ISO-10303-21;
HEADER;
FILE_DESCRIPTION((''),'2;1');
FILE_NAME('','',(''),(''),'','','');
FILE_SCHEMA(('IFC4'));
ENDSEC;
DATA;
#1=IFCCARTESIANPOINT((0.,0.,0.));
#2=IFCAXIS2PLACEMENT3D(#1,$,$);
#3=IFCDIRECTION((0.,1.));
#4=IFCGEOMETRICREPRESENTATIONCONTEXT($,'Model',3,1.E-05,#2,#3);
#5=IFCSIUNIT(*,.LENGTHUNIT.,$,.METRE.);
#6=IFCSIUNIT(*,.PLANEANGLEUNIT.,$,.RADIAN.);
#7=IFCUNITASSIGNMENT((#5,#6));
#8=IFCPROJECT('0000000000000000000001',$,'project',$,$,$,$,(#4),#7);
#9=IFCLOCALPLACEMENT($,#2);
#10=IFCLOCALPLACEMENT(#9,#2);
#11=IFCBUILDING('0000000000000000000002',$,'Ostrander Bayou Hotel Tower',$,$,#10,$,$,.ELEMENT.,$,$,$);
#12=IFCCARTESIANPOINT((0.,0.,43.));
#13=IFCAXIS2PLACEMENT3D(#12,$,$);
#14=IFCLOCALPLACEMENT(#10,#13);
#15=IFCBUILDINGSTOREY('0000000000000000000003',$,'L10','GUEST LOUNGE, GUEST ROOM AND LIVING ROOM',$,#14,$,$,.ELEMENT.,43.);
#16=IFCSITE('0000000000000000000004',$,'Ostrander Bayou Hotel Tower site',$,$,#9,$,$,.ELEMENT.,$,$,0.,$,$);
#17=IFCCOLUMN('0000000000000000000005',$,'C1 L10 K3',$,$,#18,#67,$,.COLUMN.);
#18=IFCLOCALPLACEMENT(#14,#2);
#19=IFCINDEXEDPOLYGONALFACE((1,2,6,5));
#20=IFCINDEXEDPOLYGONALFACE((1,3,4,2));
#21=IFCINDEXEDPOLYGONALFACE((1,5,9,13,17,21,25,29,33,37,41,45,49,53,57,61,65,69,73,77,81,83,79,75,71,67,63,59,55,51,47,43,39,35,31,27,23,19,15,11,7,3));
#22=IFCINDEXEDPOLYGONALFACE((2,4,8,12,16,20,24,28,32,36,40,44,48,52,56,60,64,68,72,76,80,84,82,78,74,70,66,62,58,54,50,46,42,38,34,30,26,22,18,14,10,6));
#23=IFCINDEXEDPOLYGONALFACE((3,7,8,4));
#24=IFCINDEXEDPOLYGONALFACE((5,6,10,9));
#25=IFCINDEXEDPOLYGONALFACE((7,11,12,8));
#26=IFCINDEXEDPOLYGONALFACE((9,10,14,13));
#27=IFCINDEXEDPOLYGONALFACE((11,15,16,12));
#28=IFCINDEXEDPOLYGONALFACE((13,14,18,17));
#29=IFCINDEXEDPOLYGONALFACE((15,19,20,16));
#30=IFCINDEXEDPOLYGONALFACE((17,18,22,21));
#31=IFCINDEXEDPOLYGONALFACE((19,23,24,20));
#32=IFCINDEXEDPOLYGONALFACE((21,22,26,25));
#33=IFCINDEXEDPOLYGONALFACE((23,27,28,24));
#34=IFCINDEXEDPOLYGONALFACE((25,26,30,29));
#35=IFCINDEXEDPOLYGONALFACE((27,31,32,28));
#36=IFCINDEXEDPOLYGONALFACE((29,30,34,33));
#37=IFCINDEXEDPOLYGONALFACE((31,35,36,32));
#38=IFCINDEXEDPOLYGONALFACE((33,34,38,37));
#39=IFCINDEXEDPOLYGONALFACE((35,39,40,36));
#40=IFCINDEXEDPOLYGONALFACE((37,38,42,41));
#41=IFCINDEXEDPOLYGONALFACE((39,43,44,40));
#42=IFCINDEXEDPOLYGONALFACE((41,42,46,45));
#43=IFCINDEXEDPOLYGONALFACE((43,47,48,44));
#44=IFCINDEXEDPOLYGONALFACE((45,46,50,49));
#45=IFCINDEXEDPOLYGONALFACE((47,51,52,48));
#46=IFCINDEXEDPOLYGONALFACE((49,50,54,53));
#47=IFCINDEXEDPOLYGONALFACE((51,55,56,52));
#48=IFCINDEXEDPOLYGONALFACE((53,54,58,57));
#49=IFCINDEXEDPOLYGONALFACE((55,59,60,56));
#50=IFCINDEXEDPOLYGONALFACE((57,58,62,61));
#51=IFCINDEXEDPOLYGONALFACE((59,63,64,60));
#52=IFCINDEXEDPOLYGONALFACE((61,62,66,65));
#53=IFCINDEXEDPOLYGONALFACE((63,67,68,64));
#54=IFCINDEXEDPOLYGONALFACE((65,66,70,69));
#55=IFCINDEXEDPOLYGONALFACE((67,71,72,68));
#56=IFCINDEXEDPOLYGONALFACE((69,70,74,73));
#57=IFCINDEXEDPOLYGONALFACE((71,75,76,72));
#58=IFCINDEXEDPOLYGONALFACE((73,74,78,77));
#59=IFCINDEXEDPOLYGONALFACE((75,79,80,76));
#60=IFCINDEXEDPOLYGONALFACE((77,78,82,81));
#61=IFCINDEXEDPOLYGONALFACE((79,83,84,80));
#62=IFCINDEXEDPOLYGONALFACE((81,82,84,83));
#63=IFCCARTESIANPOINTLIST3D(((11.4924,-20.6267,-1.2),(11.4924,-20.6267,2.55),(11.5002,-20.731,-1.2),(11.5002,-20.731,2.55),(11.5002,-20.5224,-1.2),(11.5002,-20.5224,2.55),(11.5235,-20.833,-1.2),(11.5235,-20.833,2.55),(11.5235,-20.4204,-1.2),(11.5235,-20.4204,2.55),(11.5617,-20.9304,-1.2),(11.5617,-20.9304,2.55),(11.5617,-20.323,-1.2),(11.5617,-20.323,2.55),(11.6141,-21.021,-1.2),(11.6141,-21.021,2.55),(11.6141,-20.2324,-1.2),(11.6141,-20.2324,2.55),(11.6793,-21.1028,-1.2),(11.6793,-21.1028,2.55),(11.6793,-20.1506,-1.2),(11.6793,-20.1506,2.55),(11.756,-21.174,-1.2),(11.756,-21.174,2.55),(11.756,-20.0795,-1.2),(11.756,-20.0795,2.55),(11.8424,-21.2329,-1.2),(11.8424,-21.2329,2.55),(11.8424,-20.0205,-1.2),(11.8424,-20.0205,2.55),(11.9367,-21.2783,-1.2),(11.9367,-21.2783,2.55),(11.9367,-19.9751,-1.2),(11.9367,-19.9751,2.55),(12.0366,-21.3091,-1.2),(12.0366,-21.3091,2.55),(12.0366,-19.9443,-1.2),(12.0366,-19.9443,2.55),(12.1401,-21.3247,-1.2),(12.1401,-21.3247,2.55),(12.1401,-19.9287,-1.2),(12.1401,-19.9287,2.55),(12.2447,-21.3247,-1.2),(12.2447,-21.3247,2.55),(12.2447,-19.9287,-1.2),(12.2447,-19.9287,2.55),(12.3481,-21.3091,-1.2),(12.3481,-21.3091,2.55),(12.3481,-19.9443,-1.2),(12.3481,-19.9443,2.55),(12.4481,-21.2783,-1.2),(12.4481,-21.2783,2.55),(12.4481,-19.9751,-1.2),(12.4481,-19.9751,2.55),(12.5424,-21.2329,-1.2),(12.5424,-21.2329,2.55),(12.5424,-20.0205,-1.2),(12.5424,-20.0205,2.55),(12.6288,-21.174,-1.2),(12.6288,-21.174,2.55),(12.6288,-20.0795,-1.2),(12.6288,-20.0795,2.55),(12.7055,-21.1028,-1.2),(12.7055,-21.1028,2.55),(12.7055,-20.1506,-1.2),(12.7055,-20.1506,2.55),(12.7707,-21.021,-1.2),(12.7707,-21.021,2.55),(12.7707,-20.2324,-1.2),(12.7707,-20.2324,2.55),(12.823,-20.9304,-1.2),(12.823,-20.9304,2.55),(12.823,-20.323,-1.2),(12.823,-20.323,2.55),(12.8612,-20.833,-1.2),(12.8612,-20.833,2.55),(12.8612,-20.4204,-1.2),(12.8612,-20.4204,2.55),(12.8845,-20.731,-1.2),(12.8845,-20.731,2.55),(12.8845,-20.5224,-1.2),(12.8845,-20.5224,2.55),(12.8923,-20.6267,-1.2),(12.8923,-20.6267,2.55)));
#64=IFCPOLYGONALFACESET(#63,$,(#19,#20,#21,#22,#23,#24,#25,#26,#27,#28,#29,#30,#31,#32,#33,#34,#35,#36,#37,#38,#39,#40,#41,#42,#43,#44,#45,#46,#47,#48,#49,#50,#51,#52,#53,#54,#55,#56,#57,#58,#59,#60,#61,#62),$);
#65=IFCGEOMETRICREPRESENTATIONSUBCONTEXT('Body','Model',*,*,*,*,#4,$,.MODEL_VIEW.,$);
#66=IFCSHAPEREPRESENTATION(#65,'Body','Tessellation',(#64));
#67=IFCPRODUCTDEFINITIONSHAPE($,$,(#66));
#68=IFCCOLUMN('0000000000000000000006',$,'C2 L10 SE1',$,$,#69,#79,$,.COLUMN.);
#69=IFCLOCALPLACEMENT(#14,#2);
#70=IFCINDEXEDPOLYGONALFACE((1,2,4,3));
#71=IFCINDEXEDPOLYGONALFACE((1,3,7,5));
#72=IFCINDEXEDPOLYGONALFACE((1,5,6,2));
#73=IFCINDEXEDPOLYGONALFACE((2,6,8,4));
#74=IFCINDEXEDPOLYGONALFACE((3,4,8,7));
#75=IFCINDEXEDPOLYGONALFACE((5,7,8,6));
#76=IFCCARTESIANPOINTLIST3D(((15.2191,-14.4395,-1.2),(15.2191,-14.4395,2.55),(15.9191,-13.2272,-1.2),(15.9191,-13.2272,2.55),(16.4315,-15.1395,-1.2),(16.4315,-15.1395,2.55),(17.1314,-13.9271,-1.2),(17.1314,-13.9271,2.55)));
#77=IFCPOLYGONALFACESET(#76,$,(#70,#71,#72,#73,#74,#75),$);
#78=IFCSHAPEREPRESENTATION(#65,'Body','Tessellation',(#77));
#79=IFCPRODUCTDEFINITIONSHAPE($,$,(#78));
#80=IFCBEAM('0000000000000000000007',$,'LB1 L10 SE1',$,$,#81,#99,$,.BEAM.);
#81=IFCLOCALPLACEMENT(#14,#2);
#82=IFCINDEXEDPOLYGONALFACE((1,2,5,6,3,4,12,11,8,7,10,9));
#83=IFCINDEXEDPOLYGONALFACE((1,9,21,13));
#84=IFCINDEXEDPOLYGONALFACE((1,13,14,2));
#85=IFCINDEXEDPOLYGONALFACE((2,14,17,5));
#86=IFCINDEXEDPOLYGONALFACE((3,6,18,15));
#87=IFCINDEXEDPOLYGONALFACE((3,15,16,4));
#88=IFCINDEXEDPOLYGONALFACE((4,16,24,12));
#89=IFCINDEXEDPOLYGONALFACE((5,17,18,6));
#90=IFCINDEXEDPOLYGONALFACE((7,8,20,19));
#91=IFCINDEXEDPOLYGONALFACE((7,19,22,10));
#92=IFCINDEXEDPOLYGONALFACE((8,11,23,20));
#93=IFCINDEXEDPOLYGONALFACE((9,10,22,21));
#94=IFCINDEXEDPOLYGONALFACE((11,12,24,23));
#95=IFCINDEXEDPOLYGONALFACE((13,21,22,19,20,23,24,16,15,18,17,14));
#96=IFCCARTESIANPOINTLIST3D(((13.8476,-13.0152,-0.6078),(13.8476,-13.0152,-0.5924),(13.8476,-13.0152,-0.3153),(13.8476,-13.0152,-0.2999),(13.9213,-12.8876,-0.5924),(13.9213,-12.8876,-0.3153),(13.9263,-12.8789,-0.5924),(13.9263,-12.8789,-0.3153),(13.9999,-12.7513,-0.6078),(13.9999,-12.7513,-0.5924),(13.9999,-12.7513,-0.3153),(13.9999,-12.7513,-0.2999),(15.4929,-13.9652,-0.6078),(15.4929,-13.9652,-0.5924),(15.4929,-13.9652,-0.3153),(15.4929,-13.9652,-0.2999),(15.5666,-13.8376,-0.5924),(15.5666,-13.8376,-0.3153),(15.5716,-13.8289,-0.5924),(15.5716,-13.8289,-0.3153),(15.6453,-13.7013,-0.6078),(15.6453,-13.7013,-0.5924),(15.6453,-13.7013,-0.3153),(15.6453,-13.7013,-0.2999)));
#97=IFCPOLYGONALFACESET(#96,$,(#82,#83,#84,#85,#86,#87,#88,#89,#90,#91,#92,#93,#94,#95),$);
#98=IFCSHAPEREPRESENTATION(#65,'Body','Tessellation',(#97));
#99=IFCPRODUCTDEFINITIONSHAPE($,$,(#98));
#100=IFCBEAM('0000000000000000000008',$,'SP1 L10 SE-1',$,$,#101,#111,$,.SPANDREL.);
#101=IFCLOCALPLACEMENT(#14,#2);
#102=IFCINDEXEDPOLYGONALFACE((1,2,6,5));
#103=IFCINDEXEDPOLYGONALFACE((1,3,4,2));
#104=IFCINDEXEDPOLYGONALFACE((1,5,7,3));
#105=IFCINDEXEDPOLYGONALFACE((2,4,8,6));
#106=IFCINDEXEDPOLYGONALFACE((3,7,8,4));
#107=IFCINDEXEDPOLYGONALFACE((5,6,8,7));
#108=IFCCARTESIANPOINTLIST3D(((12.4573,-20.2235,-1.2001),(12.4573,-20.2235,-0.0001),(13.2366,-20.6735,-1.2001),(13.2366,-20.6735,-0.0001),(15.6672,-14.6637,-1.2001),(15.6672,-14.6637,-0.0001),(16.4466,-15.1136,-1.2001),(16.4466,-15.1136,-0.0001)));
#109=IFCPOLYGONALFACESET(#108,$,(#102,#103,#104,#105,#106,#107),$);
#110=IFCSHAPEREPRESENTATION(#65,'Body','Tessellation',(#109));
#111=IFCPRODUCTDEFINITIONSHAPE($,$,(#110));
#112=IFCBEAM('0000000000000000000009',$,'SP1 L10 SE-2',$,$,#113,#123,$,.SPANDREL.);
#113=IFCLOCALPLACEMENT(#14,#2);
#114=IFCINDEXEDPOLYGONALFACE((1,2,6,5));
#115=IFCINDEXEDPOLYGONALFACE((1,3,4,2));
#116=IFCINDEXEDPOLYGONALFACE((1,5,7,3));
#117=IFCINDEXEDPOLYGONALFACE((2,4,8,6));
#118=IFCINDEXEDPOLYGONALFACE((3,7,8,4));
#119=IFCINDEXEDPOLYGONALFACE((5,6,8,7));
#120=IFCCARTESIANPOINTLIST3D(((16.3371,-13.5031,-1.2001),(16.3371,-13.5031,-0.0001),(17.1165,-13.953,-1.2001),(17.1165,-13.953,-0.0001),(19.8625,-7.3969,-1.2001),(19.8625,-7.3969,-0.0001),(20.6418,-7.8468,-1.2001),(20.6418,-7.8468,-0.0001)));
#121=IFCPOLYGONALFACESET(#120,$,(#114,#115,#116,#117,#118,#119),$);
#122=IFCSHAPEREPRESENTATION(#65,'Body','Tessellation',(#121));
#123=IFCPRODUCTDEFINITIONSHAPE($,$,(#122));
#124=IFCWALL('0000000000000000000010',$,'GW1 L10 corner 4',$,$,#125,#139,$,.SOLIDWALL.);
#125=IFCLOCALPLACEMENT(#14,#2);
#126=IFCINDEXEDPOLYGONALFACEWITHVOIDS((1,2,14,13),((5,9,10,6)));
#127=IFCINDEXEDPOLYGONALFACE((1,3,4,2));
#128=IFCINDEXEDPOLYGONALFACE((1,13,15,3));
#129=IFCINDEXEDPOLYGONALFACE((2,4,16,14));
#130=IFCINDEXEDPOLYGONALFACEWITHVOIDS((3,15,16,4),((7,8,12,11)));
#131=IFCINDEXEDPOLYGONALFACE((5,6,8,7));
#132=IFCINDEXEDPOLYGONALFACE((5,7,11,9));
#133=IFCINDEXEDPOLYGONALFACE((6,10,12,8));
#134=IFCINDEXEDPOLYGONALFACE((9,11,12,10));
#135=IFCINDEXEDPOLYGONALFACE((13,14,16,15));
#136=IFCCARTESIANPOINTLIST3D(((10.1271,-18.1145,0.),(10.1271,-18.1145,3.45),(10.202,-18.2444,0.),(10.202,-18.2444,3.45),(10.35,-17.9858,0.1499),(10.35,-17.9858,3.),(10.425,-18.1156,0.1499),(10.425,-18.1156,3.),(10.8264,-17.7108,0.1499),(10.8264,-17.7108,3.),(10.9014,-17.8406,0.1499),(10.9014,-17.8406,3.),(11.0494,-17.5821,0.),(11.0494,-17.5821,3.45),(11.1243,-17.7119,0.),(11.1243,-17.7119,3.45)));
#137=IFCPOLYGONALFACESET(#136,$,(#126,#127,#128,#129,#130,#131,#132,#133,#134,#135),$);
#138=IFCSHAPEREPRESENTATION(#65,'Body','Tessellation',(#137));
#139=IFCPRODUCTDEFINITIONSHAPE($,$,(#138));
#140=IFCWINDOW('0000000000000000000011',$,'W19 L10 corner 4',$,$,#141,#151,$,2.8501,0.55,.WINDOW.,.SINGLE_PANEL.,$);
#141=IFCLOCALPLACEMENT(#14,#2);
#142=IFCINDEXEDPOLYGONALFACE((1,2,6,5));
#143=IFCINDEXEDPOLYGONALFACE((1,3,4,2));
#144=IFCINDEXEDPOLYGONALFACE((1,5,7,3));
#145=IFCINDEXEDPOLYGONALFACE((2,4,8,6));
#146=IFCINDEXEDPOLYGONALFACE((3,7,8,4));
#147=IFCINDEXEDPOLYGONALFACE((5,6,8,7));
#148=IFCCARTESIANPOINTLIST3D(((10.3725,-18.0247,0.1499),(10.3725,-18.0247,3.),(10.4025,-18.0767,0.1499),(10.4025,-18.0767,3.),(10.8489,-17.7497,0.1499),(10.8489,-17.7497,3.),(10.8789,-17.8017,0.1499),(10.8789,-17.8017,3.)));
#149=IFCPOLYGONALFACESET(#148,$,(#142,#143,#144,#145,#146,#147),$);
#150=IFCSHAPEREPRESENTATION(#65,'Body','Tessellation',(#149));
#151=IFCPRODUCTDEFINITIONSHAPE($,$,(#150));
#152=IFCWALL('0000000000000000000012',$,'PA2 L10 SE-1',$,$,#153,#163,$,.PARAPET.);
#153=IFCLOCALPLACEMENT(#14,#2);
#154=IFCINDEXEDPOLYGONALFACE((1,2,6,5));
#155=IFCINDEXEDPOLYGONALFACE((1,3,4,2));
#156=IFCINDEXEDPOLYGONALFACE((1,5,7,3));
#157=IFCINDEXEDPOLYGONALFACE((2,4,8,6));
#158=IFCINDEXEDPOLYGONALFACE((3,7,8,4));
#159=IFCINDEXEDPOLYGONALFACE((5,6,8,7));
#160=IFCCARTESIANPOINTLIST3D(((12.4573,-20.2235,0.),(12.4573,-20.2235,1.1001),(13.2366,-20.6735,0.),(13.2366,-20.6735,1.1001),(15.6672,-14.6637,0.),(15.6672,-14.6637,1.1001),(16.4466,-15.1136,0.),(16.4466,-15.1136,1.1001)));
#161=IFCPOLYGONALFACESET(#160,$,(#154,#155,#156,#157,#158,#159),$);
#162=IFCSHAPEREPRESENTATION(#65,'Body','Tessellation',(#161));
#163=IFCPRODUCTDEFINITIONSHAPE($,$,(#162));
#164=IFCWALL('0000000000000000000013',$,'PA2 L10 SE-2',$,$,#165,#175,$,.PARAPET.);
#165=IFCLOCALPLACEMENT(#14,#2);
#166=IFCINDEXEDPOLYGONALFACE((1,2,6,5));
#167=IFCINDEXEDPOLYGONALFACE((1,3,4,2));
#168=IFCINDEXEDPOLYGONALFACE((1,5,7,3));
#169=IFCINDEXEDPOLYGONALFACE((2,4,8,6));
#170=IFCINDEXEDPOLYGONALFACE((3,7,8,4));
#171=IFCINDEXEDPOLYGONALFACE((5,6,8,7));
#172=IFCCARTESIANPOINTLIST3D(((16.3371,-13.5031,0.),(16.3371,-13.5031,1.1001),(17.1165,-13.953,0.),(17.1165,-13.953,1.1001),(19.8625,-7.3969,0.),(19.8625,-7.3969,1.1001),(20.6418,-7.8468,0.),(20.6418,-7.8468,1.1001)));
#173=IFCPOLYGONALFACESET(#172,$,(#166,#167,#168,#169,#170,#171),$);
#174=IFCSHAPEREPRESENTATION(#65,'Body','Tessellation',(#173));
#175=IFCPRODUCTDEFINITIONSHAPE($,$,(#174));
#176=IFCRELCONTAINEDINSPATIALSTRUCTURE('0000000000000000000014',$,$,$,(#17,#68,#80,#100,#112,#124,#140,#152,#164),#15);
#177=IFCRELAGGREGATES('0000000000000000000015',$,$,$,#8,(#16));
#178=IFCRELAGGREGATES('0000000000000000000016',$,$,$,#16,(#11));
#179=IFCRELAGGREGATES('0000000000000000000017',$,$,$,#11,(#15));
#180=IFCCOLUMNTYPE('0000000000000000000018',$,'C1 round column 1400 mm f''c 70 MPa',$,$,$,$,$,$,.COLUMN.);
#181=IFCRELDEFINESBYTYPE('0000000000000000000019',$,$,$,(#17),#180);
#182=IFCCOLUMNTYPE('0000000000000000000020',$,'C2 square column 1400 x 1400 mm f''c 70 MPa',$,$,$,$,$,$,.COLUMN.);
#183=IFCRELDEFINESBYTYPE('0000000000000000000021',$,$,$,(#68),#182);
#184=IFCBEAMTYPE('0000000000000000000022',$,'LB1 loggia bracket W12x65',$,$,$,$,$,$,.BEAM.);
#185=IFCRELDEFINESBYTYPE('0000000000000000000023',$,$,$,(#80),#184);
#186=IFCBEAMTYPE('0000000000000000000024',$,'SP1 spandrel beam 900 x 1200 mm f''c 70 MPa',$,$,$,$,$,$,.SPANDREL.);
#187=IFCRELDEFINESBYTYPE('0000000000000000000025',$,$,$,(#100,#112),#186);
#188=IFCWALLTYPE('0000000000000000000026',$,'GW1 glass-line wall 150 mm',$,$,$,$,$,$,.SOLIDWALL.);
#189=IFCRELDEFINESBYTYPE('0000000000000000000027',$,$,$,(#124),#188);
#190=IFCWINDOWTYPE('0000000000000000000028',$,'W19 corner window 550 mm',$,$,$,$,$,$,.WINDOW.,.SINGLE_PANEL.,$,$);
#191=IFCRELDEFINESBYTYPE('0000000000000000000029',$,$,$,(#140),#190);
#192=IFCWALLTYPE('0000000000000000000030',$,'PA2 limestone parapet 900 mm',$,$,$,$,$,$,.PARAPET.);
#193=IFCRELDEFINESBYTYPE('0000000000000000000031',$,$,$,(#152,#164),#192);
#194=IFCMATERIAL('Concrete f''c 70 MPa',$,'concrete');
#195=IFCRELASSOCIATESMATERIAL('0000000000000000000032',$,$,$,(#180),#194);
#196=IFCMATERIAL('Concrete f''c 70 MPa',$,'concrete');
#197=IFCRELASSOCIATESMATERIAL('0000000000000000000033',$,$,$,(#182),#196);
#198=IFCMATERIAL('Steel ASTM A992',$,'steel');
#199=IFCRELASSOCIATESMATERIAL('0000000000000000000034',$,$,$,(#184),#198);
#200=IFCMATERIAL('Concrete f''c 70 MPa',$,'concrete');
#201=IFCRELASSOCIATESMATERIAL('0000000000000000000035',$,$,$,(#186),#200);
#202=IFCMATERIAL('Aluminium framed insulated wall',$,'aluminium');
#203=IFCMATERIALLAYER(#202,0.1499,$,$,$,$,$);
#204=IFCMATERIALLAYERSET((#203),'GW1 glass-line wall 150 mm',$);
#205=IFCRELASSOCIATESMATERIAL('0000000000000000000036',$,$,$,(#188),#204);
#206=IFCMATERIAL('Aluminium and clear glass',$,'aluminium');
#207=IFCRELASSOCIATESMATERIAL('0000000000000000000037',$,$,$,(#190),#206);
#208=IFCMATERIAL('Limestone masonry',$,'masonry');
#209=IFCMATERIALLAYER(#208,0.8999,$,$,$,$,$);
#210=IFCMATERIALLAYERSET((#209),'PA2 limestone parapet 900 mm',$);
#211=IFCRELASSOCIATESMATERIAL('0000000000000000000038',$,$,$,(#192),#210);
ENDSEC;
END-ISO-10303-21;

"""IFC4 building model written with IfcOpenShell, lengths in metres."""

from ifc_helpers import new_model, si_unit, direction, frame, frame_2d, origin, origin_2d, place, context, subcontext, project, spatial, rectangle, circle, i_section, extrude, material, layer, layer_set, material_profile, profile_set, type_object, element, fill, save


model = new_model("IFC4")

# Units and contexts
model_context = context("Model", 3, precision=1e-05, world=origin(), true_north=direction((0.0, 1.0)))
body_context = subcontext(model_context, "Body", "Model", "MODEL_VIEW")
ifc_project = project(units=[si_unit("LENGTHUNIT", "METRE"), si_unit("PLANEANGLEUNIT", "RADIAN")], contexts=[model_context])

# Site, building, storey
site_placement = place(None, origin())
site = spatial("IfcSite", under=ifc_project, at=site_placement, Name="Ostrander Bayou Hotel Tower site", CompositionType="ELEMENT", RefElevation=0.0)
building_placement = place(site_placement, origin())
building = spatial("IfcBuilding", under=site, at=building_placement, Name="Ostrander Bayou Hotel Tower", CompositionType="ELEMENT")
storey_placement = place(building_placement, frame((0.0, 0.0, 43.0)))
storey = spatial("IfcBuildingStorey", under=building, at=storey_placement, Name="L10", Description="GUEST LOUNGE, GUEST ROOM AND LIVING ROOM", CompositionType="ELEMENT", Elevation=43.0)

# Columns
ifc_material_1 = material(Name="Concrete f'c 70 MPa", Category="concrete")
ifc_material_profile_1 = material_profile(ifc_material_1, circle(Radius=0.7, at=origin_2d()))
ifc_profile_set_1 = profile_set([ifc_material_profile_1], Name="Concrete f'c 70 MPa")
column_type_1 = type_object("IfcColumnType", Name="C1 round column 1400 mm f'c 70 MPa", PredefinedType="COLUMN", material=ifc_profile_set_1)
column_1_placement = place(storey_placement, frame((12.1924, -20.6267, -1.2), z_axis=(0.0, 0.0, 1.0), x_axis=(1.0, 0.0, 0.0)))
element("IfcColumn", 1, at=column_1_placement, inside=storey, type_object=column_type_1, Name="C1 L10 K3", PredefinedType="COLUMN", context=body_context, shape_type="SweptSolid", body=[
    extrude(circle(Radius=0.7, at=origin_2d()), origin(), (0.0, 0.0, 1.0), 3.75),
])
ifc_material_2 = material(Name="Concrete f'c 70 MPa", Category="concrete")
ifc_material_profile_2 = material_profile(ifc_material_2, rectangle(XDim=1.3999, YDim=1.3999, at=origin_2d()))
ifc_profile_set_2 = profile_set([ifc_material_profile_2], Name="Concrete f'c 70 MPa")
column_type_2 = type_object("IfcColumnType", Name="C2 square column 1400 x 1400 mm f'c 70 MPa", PredefinedType="COLUMN", material=ifc_profile_set_2)
column_2_placement = place(storey_placement, frame((16.1753, -14.1833, -1.2), z_axis=(0.0, 0.0, 1.0), x_axis=(-0.5, -0.866025, 0.0)))
element("IfcColumn", 2, at=column_2_placement, inside=storey, type_object=column_type_2, Name="C2 L10 SE1", PredefinedType="COLUMN", context=body_context, shape_type="SweptSolid", body=[
    extrude(rectangle(XDim=1.3999, YDim=1.3999, at=origin_2d()), origin(), (0.0, 0.0, 1.0), 3.75),
])

# Beams
ifc_material_3 = material(Name="Steel ASTM A992", Category="steel")
ifc_material_profile_3 = material_profile(ifc_material_3, i_section(OverallWidth=0.3047, OverallDepth=0.3079, WebThickness=0.01, FlangeThickness=0.0154, at=origin_2d()))
ifc_profile_set_3 = profile_set([ifc_material_profile_3], Name="Steel ASTM A992")
beam_type_1 = type_object("IfcBeamType", Name="LB1 loggia bracket W12x65", PredefinedType="BEAM", material=ifc_profile_set_3)
beam_1_placement = place(storey_placement, frame((15.5691, -13.8333, -0.4539), z_axis=(-0.866012, 0.500023, 0.0), x_axis=(-0.500023, -0.866012, 0.0)))
element("IfcBeam", 3, at=beam_1_placement, inside=storey, type_object=beam_type_1, Name="LB1 L10 SE1", PredefinedType="BEAM", context=body_context, shape_type="SweptSolid", body=[
    extrude(i_section(OverallWidth=0.3047, OverallDepth=0.3079, WebThickness=0.01, FlangeThickness=0.0154, at=origin_2d()), origin(), (0.0, 0.0, 1.0), 1.8999),
])
ifc_material_4 = material(Name="Concrete f'c 70 MPa", Category="concrete")
ifc_material_profile_4 = material_profile(ifc_material_4, rectangle(XDim=0.8999, YDim=1.2, at=origin_2d()))
ifc_profile_set_4 = profile_set([ifc_material_profile_4], Name="Concrete f'c 70 MPa")
beam_type_2 = type_object("IfcBeamType", Name="SP1 spandrel beam 900 x 1200 mm f'c 70 MPa", PredefinedType="SPANDREL", material=ifc_profile_set_4)
beam_2_placement = place(storey_placement, frame((12.8469, -20.4485, -0.6001), z_axis=(0.5, 0.866025, 0.0), x_axis=(-0.866025, 0.5, 0.0)))
element("IfcBeam", 4, at=beam_2_placement, inside=storey, type_object=beam_type_2, Name="SP1 L10 SE-1", PredefinedType="SPANDREL", context=body_context, shape_type="SweptSolid", body=[
    extrude(rectangle(XDim=0.8999, YDim=1.2, at=origin_2d()), origin(), (0.0, 0.0, 1.0), 6.4199),
])
beam_3_placement = place(storey_placement, frame((16.7268, -13.728, -0.6001), z_axis=(0.499997, 0.866027, 0.0), x_axis=(-0.866027, 0.499997, 0.0)))
element("IfcBeam", 5, at=beam_3_placement, inside=storey, type_object=beam_type_2, Name="SP1 L10 SE-2", PredefinedType="SPANDREL", context=body_context, shape_type="SweptSolid", body=[
    extrude(rectangle(XDim=0.8999, YDim=1.2, at=origin_2d()), origin(), (0.0, 0.0, 1.0), 7.0508),
])

# Shared definitions
ifc_material_5 = material(Name="Aluminium framed insulated wall", Category="aluminium")
ifc_layer_1 = layer(ifc_material_5, 0.1499)
ifc_layer_set_1 = layer_set([ifc_layer_1], Name="GW1 glass-line wall 150 mm")
wall_type_1 = type_object("IfcWallType", Name="GW1 glass-line wall 150 mm", PredefinedType="SOLIDWALL", material=ifc_layer_set_1)

# Wall, opening, window
wall_1_placement = place(storey_placement, frame((10.1646, -18.1794, 0.0), z_axis=(0.0, 0.0, 1.0), x_axis=(0.866048, 0.499961, 0.0)))
wall_1 = element("IfcWall", 6, at=wall_1_placement, inside=storey, type_object=wall_type_1, Name="GW1 L10 corner 4", PredefinedType="SOLIDWALL", context=body_context, shape_type="SweptSolid", body=[
    extrude(rectangle(XDim=1.0649, YDim=0.1499, at=frame_2d((0.5325, 0.0))), origin(), (0.0, 0.0, 1.0), 3.45),
])
opening_1_placement = place(wall_1_placement, frame((0.2576, 0.0, 0.1499)))
opening_1 = element("IfcOpeningElement", 7, at=opening_1_placement, cuts=wall_1, PredefinedType="OPENING", context=body_context, shape_type="SweptSolid", body=[
    extrude(rectangle(XDim=0.55, YDim=2.8501, at=frame_2d((0.2749, 1.425))), frame((0.0, 0.075, 0.0), z_axis=(0.0, -1.0, 0.0), x_axis=(1.0, 0.0, 0.0)), (0.0, 0.0, 1.0), 0.1499),
])
ifc_material_6 = material(Name="Aluminium and clear glass", Category="aluminium")
window_type_1 = type_object("IfcWindowType", Name="W19 corner window 550 mm", PartitioningType="SINGLE_PANEL", PredefinedType="WINDOW", material=ifc_material_6)
window_1_placement = place(opening_1_placement, origin())
window_1 = element("IfcWindow", 8, at=window_1_placement, inside=storey, type_object=window_type_1, Name="W19 L10 corner 4", OverallHeight=2.8501, OverallWidth=0.55, PartitioningType="SINGLE_PANEL", PredefinedType="WINDOW", context=body_context, shape_type="SweptSolid", body=[
    extrude(rectangle(XDim=0.55, YDim=2.8501, at=frame_2d((0.2749, 1.425))), frame((0.0, 0.03, 0.0), z_axis=(0.0, -1.0, 0.0), x_axis=(1.0, 0.0, 0.0)), (0.0, 0.0, 1.0), 0.0601),
])
fill(opening_1, window_1)

# Walls
ifc_material_7 = material(Name="Limestone masonry", Category="masonry")
ifc_layer_2 = layer(ifc_material_7, 0.8999)
ifc_layer_set_2 = layer_set([ifc_layer_2], Name="PA2 limestone parapet 900 mm")
wall_type_2 = type_object("IfcWallType", Name="PA2 limestone parapet 900 mm", PredefinedType="PARAPET", material=ifc_layer_set_2)
wall_2_placement = place(storey_placement, frame((12.8469, -20.4485, 0.0), z_axis=(0.0, 0.0, 1.0), x_axis=(0.5, 0.866025, 0.0)))
element("IfcWall", 9, at=wall_2_placement, inside=storey, type_object=wall_type_2, Name="PA2 L10 SE-1", PredefinedType="PARAPET", context=body_context, shape_type="SweptSolid", body=[
    extrude(rectangle(XDim=6.4199, YDim=0.8999, at=frame_2d((3.21, 0.0))), origin(), (0.0, 0.0, 1.0), 1.1001),
])
wall_3_placement = place(storey_placement, frame((16.7268, -13.728, 0.0), z_axis=(0.0, 0.0, 1.0), x_axis=(0.499997, 0.866027, 0.0)))
element("IfcWall", 10, at=wall_3_placement, inside=storey, type_object=wall_type_2, Name="PA2 L10 SE-2", PredefinedType="PARAPET", context=body_context, shape_type="SweptSolid", body=[
    extrude(rectangle(XDim=7.0508, YDim=0.8999, at=frame_2d((3.5254, 0.0))), origin(), (0.0, 0.0, 1.0), 1.1001),
])

save(model, "model.ifc")
